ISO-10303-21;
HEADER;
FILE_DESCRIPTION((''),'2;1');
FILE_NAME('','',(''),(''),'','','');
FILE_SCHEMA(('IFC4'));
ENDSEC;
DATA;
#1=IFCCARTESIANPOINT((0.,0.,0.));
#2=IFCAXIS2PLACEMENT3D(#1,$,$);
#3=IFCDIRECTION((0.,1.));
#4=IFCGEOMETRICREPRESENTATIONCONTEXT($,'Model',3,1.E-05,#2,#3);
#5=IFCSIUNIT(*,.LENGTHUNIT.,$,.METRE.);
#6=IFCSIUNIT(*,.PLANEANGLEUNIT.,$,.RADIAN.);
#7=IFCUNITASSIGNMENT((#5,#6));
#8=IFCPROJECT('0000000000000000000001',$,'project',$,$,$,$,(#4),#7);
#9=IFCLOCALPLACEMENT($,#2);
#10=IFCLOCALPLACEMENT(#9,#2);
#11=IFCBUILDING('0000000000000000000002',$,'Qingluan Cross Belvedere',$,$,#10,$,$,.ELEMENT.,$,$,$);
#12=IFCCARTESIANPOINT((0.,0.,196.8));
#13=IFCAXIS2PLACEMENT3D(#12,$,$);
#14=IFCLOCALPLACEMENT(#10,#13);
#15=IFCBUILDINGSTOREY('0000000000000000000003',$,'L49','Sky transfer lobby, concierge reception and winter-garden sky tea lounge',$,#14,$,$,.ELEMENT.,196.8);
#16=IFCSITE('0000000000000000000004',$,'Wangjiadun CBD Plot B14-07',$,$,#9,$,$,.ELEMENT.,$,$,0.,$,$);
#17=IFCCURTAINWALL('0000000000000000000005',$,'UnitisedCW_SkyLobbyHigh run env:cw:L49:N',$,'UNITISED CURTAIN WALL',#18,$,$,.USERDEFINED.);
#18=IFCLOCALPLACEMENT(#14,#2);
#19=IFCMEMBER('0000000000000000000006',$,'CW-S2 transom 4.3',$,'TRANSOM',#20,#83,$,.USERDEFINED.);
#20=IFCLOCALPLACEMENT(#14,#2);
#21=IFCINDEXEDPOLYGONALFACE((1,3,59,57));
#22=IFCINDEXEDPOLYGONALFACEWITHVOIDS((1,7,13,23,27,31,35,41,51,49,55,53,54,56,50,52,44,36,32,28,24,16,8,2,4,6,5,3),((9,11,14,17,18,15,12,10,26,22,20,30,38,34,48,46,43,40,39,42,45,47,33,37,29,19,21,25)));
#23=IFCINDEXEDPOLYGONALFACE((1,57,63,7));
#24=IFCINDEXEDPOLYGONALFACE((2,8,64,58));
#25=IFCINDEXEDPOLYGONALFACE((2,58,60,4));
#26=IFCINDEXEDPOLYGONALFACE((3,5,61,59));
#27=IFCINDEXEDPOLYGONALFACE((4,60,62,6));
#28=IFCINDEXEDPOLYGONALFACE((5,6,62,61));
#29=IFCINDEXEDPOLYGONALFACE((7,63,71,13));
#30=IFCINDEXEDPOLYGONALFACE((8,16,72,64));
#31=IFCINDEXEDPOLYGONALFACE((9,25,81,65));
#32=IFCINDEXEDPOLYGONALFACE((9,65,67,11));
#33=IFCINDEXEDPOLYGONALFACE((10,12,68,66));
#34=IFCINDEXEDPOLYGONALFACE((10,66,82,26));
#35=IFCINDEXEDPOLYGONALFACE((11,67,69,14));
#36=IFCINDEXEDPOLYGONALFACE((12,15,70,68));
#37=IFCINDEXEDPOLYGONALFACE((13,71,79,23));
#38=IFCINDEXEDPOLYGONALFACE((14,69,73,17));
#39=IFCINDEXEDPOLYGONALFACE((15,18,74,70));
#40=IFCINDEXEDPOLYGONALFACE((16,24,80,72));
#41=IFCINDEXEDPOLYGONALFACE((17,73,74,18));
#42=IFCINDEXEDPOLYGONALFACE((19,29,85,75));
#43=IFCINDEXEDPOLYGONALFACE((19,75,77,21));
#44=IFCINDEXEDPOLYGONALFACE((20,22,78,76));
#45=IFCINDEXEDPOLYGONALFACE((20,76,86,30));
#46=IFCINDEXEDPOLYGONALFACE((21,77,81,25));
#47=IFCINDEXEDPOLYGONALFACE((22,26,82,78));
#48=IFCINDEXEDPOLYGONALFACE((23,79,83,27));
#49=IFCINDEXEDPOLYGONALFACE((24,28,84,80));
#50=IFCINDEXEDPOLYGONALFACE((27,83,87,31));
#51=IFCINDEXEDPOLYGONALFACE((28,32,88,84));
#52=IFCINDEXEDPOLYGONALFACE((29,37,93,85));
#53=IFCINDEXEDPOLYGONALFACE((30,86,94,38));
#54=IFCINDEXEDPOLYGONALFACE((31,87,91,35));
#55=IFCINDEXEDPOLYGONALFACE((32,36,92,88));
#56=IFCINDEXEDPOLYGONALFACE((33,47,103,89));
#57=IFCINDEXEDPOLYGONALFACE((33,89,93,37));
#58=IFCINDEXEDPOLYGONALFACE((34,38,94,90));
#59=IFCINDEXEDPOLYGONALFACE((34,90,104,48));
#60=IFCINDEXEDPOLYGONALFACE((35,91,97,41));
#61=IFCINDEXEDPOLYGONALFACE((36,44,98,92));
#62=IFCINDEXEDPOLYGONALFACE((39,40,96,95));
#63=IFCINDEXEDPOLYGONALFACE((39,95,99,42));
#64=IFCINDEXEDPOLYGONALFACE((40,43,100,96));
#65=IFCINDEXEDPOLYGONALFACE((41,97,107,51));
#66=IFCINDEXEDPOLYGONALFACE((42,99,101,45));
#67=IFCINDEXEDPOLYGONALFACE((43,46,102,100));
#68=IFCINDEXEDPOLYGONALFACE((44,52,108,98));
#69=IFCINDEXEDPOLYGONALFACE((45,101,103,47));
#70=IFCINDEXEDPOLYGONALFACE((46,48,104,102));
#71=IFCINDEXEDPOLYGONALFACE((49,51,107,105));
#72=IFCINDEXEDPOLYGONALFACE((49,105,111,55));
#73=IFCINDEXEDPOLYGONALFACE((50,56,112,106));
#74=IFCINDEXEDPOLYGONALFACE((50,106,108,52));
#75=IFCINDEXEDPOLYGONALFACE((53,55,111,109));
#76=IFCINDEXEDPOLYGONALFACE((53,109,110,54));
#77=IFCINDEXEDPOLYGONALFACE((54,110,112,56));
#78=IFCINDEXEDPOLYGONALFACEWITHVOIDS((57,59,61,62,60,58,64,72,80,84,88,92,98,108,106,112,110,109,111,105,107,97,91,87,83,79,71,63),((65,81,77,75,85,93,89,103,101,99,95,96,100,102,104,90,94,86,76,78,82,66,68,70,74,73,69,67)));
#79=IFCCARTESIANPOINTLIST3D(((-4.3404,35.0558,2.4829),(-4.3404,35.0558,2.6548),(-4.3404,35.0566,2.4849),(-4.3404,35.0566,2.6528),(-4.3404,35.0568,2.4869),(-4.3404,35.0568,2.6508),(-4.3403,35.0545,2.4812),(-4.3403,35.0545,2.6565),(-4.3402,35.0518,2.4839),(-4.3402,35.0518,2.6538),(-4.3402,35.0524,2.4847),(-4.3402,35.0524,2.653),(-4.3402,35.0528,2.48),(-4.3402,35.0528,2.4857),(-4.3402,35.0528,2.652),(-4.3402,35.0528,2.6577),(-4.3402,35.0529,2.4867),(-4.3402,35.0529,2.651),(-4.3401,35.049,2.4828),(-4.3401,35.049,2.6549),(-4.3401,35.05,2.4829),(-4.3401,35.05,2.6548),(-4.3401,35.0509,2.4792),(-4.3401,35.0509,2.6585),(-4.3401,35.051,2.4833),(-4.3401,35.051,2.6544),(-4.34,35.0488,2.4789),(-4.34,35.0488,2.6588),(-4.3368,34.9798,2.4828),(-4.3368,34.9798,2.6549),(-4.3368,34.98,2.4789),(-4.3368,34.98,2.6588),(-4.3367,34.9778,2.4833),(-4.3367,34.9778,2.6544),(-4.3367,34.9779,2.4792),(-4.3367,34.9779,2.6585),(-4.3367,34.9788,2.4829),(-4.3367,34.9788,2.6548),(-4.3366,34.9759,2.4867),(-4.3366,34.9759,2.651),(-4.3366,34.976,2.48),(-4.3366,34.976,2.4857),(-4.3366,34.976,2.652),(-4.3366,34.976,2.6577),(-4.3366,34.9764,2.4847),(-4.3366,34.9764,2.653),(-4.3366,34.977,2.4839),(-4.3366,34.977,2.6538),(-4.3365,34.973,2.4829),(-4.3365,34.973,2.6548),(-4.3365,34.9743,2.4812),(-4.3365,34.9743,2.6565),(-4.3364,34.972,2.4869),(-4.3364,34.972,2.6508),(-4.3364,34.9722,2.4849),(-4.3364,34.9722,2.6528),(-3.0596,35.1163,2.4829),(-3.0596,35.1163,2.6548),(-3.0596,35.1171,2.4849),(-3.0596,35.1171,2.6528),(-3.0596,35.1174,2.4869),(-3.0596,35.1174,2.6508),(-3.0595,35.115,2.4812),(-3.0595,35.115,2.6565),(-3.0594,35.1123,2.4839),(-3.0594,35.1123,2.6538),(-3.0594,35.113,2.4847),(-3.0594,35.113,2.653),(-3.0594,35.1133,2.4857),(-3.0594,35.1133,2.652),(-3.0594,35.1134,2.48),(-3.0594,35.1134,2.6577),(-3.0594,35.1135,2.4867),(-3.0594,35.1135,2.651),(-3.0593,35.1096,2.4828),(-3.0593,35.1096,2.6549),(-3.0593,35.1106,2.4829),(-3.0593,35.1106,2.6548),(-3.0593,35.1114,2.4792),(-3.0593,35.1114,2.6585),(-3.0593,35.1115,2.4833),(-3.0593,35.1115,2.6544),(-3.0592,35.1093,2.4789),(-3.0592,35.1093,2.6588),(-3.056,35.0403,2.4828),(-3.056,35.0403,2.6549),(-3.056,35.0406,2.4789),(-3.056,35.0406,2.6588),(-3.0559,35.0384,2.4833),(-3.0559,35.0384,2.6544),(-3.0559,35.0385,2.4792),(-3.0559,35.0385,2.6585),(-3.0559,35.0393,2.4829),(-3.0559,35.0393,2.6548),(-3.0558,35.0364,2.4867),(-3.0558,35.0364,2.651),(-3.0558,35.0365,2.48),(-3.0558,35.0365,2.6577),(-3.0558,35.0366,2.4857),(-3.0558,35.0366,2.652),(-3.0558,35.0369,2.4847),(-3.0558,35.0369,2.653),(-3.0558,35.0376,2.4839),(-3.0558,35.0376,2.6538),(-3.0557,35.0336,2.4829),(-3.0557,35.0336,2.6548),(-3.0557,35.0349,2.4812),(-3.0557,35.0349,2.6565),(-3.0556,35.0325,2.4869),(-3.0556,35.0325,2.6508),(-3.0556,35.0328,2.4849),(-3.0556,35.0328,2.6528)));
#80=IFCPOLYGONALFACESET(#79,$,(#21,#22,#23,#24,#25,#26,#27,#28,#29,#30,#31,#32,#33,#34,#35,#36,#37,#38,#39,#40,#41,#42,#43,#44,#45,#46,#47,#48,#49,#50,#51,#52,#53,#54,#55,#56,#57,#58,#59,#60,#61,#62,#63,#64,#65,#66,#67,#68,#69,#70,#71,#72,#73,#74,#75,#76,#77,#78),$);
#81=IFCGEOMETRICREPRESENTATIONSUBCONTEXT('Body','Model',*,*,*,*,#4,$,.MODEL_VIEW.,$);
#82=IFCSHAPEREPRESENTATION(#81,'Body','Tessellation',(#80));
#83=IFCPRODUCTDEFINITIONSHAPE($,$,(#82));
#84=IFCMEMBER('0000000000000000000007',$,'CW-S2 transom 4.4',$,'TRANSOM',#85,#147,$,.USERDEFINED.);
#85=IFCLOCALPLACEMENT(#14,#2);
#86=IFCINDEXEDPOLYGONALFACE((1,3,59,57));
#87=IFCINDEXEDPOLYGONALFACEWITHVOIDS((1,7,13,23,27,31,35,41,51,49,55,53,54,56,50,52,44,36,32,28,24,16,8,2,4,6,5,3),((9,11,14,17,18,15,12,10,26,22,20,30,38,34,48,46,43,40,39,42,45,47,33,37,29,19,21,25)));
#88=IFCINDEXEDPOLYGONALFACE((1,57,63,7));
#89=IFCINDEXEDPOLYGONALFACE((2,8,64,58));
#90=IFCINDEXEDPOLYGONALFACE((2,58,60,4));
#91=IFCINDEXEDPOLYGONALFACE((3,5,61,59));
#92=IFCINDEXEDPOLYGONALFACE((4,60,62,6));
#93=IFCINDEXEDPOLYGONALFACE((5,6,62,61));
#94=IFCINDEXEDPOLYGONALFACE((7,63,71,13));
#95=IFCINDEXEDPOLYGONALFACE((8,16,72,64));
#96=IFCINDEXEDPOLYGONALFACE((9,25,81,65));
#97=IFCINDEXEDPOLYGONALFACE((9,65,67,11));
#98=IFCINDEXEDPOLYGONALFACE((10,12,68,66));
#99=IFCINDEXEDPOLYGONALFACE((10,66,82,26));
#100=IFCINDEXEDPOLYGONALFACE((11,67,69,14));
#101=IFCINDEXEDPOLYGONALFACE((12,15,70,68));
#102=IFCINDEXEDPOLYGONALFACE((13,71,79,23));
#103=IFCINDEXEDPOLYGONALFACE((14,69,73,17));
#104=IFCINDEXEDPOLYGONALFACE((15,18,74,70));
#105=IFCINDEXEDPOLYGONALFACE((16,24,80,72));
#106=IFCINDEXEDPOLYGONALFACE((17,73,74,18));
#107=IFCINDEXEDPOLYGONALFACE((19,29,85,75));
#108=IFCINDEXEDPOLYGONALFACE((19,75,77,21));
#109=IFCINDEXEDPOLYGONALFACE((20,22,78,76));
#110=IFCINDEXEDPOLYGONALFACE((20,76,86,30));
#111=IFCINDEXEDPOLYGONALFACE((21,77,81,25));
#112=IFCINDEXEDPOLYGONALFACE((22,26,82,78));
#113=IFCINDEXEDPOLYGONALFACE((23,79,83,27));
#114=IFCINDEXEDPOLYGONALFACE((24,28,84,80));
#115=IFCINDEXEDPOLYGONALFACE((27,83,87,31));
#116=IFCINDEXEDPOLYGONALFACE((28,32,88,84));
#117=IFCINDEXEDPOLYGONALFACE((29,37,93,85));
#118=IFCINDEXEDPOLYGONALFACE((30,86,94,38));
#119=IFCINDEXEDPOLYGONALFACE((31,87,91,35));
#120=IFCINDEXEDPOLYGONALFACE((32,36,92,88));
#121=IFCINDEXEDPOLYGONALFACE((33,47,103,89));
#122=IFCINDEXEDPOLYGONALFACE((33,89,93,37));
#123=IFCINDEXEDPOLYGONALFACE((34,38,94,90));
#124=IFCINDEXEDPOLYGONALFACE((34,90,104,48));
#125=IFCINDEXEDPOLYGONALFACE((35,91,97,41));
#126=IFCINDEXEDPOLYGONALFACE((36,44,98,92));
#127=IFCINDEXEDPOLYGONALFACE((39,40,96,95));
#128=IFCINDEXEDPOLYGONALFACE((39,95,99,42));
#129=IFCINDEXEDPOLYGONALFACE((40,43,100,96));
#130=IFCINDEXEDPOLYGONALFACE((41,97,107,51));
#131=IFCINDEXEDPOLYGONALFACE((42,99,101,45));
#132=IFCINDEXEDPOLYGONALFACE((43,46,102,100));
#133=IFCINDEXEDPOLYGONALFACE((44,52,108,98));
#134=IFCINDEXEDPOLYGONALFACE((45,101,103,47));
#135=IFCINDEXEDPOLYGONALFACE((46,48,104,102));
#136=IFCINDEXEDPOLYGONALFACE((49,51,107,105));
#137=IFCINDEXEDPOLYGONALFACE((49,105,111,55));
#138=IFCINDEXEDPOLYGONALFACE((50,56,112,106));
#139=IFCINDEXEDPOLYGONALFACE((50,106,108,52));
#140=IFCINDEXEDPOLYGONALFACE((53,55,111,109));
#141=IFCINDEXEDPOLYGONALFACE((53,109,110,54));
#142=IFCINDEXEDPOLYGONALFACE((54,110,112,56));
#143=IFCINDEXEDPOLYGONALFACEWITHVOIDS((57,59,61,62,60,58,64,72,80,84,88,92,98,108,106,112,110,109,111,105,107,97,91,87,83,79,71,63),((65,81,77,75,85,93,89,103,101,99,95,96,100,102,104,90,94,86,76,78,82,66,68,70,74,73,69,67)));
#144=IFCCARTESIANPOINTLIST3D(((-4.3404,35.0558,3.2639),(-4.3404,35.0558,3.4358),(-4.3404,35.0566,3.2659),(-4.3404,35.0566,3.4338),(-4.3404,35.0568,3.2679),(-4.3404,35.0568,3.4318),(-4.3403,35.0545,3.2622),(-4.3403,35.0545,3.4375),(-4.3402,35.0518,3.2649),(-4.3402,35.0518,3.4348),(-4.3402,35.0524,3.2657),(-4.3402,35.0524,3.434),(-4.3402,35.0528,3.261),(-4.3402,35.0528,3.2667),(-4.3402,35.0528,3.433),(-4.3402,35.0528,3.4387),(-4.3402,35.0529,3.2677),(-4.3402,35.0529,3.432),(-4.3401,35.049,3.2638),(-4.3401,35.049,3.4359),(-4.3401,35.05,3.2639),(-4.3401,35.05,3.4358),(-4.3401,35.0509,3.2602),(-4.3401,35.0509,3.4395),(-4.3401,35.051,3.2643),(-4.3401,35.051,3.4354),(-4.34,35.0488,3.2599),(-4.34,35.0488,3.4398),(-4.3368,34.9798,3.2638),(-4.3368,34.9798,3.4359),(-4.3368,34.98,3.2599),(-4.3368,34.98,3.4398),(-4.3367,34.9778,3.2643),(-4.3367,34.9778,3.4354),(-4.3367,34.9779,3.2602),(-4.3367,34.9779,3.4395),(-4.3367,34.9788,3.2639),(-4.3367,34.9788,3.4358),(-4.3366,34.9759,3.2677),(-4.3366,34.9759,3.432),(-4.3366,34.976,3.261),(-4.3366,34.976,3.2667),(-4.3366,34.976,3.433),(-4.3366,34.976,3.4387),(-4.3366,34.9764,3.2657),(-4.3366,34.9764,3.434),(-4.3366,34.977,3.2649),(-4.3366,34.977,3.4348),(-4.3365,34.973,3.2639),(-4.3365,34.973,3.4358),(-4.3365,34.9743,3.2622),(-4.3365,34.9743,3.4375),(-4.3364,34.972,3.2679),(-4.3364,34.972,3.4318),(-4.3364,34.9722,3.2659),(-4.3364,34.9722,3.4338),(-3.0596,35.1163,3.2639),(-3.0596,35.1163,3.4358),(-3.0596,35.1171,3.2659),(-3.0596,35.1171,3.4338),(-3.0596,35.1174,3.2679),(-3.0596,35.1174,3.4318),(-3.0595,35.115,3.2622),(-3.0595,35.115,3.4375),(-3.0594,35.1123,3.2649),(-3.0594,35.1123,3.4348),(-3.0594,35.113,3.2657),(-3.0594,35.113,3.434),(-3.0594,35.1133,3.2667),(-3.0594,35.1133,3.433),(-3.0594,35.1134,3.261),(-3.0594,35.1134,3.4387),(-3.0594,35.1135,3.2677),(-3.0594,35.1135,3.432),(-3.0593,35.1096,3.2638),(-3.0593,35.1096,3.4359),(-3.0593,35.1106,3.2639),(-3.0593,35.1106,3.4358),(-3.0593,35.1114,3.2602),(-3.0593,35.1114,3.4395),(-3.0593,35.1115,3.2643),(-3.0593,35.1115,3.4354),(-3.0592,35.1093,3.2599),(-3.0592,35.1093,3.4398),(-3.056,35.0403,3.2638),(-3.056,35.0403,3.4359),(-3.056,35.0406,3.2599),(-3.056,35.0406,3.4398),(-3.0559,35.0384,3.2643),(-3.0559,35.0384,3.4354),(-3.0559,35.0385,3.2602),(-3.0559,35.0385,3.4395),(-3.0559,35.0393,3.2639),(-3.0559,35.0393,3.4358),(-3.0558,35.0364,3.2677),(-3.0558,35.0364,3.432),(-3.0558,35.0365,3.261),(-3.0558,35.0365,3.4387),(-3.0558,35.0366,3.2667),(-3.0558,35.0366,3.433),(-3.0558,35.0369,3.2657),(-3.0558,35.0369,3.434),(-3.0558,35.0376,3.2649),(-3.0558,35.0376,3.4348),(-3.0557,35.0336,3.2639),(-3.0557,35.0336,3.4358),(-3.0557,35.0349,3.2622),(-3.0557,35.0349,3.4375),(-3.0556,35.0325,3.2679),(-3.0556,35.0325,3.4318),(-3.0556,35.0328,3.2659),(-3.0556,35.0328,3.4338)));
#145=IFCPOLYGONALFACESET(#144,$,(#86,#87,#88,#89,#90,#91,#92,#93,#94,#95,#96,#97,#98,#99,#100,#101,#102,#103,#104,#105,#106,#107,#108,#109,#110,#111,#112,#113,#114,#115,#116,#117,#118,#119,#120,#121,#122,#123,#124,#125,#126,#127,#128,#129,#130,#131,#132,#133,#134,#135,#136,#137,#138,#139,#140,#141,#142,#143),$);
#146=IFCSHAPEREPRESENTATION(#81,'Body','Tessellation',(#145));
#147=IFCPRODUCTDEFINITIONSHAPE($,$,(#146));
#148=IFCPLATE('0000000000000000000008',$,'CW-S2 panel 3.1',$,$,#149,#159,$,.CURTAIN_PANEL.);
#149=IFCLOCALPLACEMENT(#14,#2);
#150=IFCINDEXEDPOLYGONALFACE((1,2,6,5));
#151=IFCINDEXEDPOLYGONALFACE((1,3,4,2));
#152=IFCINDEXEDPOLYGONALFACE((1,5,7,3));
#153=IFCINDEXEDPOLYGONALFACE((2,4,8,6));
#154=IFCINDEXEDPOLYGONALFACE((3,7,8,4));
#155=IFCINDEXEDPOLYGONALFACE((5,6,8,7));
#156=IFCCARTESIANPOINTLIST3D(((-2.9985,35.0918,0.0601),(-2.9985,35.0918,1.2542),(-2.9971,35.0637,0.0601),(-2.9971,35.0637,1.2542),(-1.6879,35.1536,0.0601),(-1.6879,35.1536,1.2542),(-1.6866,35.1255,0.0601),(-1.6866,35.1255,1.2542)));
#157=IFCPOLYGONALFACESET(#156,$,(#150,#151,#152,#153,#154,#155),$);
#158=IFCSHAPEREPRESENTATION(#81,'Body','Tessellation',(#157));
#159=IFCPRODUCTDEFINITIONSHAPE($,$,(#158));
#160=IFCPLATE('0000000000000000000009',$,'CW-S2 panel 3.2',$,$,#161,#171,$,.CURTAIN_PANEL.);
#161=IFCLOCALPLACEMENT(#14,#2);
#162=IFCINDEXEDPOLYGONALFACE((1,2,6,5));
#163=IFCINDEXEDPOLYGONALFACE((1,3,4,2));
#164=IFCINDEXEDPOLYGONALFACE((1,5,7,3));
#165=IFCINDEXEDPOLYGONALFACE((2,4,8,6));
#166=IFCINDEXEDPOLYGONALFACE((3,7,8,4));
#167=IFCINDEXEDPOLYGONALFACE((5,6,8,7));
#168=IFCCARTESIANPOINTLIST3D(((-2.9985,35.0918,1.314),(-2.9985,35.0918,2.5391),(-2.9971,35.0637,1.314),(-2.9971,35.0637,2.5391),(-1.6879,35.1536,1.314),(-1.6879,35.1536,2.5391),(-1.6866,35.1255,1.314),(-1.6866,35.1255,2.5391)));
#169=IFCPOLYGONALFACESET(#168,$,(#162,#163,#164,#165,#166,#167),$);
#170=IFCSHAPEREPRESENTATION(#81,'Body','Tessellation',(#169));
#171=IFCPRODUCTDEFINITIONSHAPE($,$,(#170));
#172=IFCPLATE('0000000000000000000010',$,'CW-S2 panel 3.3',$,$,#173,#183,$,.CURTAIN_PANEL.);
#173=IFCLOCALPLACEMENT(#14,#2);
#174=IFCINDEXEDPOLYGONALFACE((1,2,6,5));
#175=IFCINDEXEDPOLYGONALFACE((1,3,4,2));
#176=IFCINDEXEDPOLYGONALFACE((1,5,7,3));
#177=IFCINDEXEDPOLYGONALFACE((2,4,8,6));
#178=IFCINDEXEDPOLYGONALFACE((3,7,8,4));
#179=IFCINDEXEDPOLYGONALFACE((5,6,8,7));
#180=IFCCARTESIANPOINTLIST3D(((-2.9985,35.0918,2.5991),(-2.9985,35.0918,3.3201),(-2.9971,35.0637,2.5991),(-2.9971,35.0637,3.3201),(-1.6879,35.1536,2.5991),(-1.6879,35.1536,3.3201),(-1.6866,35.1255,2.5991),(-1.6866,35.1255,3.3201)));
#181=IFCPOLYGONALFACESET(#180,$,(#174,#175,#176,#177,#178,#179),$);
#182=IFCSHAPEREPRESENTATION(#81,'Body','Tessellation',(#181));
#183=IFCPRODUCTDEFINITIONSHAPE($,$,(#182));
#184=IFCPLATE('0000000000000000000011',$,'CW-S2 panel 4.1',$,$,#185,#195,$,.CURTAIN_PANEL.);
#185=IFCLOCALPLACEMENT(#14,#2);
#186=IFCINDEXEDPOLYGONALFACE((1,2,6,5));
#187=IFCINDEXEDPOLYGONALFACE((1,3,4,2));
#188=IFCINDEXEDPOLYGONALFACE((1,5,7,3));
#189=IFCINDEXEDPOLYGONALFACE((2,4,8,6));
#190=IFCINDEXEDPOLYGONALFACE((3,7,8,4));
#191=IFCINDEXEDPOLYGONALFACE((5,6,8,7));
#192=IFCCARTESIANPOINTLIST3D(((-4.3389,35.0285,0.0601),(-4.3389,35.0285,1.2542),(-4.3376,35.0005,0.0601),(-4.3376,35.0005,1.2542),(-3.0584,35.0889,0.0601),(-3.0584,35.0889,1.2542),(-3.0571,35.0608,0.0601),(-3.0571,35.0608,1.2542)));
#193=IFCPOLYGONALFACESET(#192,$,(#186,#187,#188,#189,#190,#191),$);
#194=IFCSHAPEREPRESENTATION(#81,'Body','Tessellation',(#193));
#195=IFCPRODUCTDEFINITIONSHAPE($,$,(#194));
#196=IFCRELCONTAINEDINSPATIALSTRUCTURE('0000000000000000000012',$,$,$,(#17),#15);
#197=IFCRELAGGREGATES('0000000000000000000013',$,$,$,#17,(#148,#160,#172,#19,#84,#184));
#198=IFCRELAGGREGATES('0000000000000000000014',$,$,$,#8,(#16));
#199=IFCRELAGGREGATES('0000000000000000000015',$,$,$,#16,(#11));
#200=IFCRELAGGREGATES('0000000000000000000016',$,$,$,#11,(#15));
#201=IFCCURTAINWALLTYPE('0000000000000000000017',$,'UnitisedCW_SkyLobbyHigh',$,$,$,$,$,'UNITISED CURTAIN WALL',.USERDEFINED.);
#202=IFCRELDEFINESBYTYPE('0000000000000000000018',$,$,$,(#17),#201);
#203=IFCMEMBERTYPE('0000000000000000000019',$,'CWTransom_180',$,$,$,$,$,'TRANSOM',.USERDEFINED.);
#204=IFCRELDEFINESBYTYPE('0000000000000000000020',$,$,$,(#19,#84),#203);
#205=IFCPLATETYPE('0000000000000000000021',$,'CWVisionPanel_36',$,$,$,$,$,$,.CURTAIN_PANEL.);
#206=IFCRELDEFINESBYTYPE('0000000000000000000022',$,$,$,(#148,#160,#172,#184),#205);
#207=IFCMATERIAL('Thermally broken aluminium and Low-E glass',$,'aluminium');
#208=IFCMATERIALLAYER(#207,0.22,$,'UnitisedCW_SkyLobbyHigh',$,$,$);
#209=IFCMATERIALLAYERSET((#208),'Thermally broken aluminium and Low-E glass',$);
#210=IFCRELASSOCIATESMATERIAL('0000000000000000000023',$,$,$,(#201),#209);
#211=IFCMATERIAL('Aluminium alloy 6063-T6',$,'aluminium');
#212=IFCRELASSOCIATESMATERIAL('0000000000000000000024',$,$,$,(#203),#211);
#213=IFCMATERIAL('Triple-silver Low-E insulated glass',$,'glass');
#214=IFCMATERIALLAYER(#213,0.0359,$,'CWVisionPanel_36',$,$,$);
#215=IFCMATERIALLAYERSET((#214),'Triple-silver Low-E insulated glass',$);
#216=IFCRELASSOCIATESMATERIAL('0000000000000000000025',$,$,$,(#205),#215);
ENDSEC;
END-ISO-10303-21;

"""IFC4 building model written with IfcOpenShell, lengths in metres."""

from ifc_helpers import new_model, si_unit, direction, frame, origin, origin_2d, place, context, subcontext, project, spatial, rectangle, hollow_rectangle, extrude, material, layer, layer_set, material_profile, profile_set, type_object, element, aggregate, save


model = new_model("IFC4")

# Units and contexts
model_context = context("Model", 3, precision=1e-05, world=origin(), true_north=direction((0.0, 1.0)))
body_context = subcontext(model_context, "Body", "Model", "MODEL_VIEW")
ifc_project = project(units=[si_unit("LENGTHUNIT", "METRE"), si_unit("PLANEANGLEUNIT", "RADIAN")], contexts=[model_context])

# Site, building, storey
site_placement = place(None, origin())
site = spatial("IfcSite", under=ifc_project, at=site_placement, Name="Wangjiadun CBD Plot B14-07", CompositionType="ELEMENT", RefElevation=0.0)
building_placement = place(site_placement, origin())
building = spatial("IfcBuilding", under=site, at=building_placement, Name="Qingluan Cross Belvedere", CompositionType="ELEMENT")
storey_placement = place(building_placement, frame((0.0, 0.0, 196.8)))
storey = spatial("IfcBuildingStorey", under=building, at=storey_placement, Name="L49", Description="Sky transfer lobby, concierge reception and winter-garden sky tea lounge", CompositionType="ELEMENT", Elevation=196.8)

# Curtain wall, members, plates
ifc_material_1 = material(Name="Thermally broken aluminium and Low-E glass", Category="aluminium")
ifc_layer_1 = layer(ifc_material_1, 0.22, Name="UnitisedCW_SkyLobbyHigh")
ifc_layer_set_1 = layer_set([ifc_layer_1], Name="Thermally broken aluminium and Low-E glass")
curtain_wall_type = type_object("IfcCurtainWallType", Name="UnitisedCW_SkyLobbyHigh", ElementType="UNITISED CURTAIN WALL", PredefinedType="USERDEFINED", material=ifc_layer_set_1)
curtain_wall_placement = place(storey_placement, origin())
curtain_wall = element("IfcCurtainWall", 1, at=curtain_wall_placement, inside=storey, type_object=curtain_wall_type, Name="UnitisedCW_SkyLobbyHigh run env:cw:L49:N", ObjectType="UNITISED CURTAIN WALL", PredefinedType="USERDEFINED")
ifc_material_2 = material(Name="Aluminium alloy 6063-T6", Category="aluminium")
ifc_material_profile_1 = material_profile(ifc_material_2, hollow_rectangle(XDim=0.085, YDim=0.1799, WallThickness=0.0039, InnerFilletRadius=0.0039, OuterFilletRadius=0.0081, at=origin_2d()), Name="CWT180x85x4")
ifc_profile_set_1 = profile_set([ifc_material_profile_1], Name="Aluminium alloy 6063-T6")
member_type_1 = type_object("IfcMemberType", Name="CWTransom_180", ElementType="TRANSOM", PredefinedType="USERDEFINED", material=ifc_profile_set_1)
member_1_placement = place(storey_placement, frame((-3.0576, 35.075, 2.5688), z_axis=(-0.998884, -0.047221, 0.0), x_axis=(0.047221, -0.998884, 0.0)))
member_1 = element("IfcMember", 2, at=member_1_placement, type_object=member_type_1, Name="CW-S2 transom 4.3", ObjectType="TRANSOM", PredefinedType="USERDEFINED", context=body_context, shape_type="SweptSolid", body=[
    extrude(hollow_rectangle(XDim=0.085, YDim=0.1799, WallThickness=0.0039, InnerFilletRadius=0.0039, OuterFilletRadius=0.0081, at=origin_2d()), origin(), (0.0, 0.0, 1.0), 1.2822),
])
member_2_placement = place(storey_placement, frame((-3.0576, 35.075, 3.3499), z_axis=(-0.998884, -0.047221, 0.0), x_axis=(0.047221, -0.998884, 0.0)))
member_2 = element("IfcMember", 3, at=member_2_placement, type_object=member_type_1, Name="CW-S2 transom 4.4", ObjectType="TRANSOM", PredefinedType="USERDEFINED", context=body_context, shape_type="SweptSolid", body=[
    extrude(hollow_rectangle(XDim=0.085, YDim=0.1799, WallThickness=0.0039, InnerFilletRadius=0.0039, OuterFilletRadius=0.0081, at=origin_2d()), origin(), (0.0, 0.0, 1.0), 1.2822),
])
ifc_material_3 = material(Name="Triple-silver Low-E insulated glass", Category="glass")
ifc_layer_2 = layer(ifc_material_3, 0.0359, Name="CWVisionPanel_36")
ifc_layer_set_2 = layer_set([ifc_layer_2], Name="Triple-silver Low-E insulated glass")
plate_type = type_object("IfcPlateType", Name="CWVisionPanel_36", PredefinedType="CURTAIN_PANEL", material=ifc_layer_set_2)
plate_1_placement = place(storey_placement, frame((-2.3425, 35.1086, 0.0601), z_axis=(0.0, 0.0, 1.0), x_axis=(-0.99889, -0.047102, 0.0)))
plate_1 = element("IfcPlate", 4, at=plate_1_placement, type_object=plate_type, Name="CW-S2 panel 3.1", PredefinedType="CURTAIN_PANEL", context=body_context, shape_type="SweptSolid", body=[
    extrude(rectangle(XDim=1.312, YDim=0.0281, at=origin_2d()), origin(), (0.0, 0.0, 1.0), 1.1941),
])
plate_2_placement = place(storey_placement, frame((-2.3425, 35.1086, 1.314), z_axis=(0.0, 0.0, 1.0), x_axis=(-0.99889, -0.047102, 0.0)))
plate_2 = element("IfcPlate", 5, at=plate_2_placement, type_object=plate_type, Name="CW-S2 panel 3.2", PredefinedType="CURTAIN_PANEL", context=body_context, shape_type="SweptSolid", body=[
    extrude(rectangle(XDim=1.312, YDim=0.0281, at=origin_2d()), origin(), (0.0, 0.0, 1.0), 1.2251),
])
plate_3_placement = place(storey_placement, frame((-2.3425, 35.1086, 2.5991), z_axis=(0.0, 0.0, 1.0), x_axis=(-0.99889, -0.047102, 0.0)))
plate_3 = element("IfcPlate", 6, at=plate_3_placement, type_object=plate_type, Name="CW-S2 panel 3.3", PredefinedType="CURTAIN_PANEL", context=body_context, shape_type="SweptSolid", body=[
    extrude(rectangle(XDim=1.312, YDim=0.0281, at=origin_2d()), origin(), (0.0, 0.0, 1.0), 0.7209),
])
plate_4_placement = place(storey_placement, frame((-3.698, 35.0447, 0.0601), z_axis=(0.0, 0.0, 1.0), x_axis=(-0.99889, -0.047102, 0.0)))
plate_4 = element("IfcPlate", 7, at=plate_4_placement, type_object=plate_type, Name="CW-S2 panel 4.1", PredefinedType="CURTAIN_PANEL", context=body_context, shape_type="SweptSolid", body=[
    extrude(rectangle(XDim=1.282, YDim=0.0281, at=origin_2d()), origin(), (0.0, 0.0, 1.0), 1.1941),
])
aggregate(curtain_wall, [plate_1, plate_2, plate_3, member_1, member_2, plate_4])

save(model, "model.ifc")
